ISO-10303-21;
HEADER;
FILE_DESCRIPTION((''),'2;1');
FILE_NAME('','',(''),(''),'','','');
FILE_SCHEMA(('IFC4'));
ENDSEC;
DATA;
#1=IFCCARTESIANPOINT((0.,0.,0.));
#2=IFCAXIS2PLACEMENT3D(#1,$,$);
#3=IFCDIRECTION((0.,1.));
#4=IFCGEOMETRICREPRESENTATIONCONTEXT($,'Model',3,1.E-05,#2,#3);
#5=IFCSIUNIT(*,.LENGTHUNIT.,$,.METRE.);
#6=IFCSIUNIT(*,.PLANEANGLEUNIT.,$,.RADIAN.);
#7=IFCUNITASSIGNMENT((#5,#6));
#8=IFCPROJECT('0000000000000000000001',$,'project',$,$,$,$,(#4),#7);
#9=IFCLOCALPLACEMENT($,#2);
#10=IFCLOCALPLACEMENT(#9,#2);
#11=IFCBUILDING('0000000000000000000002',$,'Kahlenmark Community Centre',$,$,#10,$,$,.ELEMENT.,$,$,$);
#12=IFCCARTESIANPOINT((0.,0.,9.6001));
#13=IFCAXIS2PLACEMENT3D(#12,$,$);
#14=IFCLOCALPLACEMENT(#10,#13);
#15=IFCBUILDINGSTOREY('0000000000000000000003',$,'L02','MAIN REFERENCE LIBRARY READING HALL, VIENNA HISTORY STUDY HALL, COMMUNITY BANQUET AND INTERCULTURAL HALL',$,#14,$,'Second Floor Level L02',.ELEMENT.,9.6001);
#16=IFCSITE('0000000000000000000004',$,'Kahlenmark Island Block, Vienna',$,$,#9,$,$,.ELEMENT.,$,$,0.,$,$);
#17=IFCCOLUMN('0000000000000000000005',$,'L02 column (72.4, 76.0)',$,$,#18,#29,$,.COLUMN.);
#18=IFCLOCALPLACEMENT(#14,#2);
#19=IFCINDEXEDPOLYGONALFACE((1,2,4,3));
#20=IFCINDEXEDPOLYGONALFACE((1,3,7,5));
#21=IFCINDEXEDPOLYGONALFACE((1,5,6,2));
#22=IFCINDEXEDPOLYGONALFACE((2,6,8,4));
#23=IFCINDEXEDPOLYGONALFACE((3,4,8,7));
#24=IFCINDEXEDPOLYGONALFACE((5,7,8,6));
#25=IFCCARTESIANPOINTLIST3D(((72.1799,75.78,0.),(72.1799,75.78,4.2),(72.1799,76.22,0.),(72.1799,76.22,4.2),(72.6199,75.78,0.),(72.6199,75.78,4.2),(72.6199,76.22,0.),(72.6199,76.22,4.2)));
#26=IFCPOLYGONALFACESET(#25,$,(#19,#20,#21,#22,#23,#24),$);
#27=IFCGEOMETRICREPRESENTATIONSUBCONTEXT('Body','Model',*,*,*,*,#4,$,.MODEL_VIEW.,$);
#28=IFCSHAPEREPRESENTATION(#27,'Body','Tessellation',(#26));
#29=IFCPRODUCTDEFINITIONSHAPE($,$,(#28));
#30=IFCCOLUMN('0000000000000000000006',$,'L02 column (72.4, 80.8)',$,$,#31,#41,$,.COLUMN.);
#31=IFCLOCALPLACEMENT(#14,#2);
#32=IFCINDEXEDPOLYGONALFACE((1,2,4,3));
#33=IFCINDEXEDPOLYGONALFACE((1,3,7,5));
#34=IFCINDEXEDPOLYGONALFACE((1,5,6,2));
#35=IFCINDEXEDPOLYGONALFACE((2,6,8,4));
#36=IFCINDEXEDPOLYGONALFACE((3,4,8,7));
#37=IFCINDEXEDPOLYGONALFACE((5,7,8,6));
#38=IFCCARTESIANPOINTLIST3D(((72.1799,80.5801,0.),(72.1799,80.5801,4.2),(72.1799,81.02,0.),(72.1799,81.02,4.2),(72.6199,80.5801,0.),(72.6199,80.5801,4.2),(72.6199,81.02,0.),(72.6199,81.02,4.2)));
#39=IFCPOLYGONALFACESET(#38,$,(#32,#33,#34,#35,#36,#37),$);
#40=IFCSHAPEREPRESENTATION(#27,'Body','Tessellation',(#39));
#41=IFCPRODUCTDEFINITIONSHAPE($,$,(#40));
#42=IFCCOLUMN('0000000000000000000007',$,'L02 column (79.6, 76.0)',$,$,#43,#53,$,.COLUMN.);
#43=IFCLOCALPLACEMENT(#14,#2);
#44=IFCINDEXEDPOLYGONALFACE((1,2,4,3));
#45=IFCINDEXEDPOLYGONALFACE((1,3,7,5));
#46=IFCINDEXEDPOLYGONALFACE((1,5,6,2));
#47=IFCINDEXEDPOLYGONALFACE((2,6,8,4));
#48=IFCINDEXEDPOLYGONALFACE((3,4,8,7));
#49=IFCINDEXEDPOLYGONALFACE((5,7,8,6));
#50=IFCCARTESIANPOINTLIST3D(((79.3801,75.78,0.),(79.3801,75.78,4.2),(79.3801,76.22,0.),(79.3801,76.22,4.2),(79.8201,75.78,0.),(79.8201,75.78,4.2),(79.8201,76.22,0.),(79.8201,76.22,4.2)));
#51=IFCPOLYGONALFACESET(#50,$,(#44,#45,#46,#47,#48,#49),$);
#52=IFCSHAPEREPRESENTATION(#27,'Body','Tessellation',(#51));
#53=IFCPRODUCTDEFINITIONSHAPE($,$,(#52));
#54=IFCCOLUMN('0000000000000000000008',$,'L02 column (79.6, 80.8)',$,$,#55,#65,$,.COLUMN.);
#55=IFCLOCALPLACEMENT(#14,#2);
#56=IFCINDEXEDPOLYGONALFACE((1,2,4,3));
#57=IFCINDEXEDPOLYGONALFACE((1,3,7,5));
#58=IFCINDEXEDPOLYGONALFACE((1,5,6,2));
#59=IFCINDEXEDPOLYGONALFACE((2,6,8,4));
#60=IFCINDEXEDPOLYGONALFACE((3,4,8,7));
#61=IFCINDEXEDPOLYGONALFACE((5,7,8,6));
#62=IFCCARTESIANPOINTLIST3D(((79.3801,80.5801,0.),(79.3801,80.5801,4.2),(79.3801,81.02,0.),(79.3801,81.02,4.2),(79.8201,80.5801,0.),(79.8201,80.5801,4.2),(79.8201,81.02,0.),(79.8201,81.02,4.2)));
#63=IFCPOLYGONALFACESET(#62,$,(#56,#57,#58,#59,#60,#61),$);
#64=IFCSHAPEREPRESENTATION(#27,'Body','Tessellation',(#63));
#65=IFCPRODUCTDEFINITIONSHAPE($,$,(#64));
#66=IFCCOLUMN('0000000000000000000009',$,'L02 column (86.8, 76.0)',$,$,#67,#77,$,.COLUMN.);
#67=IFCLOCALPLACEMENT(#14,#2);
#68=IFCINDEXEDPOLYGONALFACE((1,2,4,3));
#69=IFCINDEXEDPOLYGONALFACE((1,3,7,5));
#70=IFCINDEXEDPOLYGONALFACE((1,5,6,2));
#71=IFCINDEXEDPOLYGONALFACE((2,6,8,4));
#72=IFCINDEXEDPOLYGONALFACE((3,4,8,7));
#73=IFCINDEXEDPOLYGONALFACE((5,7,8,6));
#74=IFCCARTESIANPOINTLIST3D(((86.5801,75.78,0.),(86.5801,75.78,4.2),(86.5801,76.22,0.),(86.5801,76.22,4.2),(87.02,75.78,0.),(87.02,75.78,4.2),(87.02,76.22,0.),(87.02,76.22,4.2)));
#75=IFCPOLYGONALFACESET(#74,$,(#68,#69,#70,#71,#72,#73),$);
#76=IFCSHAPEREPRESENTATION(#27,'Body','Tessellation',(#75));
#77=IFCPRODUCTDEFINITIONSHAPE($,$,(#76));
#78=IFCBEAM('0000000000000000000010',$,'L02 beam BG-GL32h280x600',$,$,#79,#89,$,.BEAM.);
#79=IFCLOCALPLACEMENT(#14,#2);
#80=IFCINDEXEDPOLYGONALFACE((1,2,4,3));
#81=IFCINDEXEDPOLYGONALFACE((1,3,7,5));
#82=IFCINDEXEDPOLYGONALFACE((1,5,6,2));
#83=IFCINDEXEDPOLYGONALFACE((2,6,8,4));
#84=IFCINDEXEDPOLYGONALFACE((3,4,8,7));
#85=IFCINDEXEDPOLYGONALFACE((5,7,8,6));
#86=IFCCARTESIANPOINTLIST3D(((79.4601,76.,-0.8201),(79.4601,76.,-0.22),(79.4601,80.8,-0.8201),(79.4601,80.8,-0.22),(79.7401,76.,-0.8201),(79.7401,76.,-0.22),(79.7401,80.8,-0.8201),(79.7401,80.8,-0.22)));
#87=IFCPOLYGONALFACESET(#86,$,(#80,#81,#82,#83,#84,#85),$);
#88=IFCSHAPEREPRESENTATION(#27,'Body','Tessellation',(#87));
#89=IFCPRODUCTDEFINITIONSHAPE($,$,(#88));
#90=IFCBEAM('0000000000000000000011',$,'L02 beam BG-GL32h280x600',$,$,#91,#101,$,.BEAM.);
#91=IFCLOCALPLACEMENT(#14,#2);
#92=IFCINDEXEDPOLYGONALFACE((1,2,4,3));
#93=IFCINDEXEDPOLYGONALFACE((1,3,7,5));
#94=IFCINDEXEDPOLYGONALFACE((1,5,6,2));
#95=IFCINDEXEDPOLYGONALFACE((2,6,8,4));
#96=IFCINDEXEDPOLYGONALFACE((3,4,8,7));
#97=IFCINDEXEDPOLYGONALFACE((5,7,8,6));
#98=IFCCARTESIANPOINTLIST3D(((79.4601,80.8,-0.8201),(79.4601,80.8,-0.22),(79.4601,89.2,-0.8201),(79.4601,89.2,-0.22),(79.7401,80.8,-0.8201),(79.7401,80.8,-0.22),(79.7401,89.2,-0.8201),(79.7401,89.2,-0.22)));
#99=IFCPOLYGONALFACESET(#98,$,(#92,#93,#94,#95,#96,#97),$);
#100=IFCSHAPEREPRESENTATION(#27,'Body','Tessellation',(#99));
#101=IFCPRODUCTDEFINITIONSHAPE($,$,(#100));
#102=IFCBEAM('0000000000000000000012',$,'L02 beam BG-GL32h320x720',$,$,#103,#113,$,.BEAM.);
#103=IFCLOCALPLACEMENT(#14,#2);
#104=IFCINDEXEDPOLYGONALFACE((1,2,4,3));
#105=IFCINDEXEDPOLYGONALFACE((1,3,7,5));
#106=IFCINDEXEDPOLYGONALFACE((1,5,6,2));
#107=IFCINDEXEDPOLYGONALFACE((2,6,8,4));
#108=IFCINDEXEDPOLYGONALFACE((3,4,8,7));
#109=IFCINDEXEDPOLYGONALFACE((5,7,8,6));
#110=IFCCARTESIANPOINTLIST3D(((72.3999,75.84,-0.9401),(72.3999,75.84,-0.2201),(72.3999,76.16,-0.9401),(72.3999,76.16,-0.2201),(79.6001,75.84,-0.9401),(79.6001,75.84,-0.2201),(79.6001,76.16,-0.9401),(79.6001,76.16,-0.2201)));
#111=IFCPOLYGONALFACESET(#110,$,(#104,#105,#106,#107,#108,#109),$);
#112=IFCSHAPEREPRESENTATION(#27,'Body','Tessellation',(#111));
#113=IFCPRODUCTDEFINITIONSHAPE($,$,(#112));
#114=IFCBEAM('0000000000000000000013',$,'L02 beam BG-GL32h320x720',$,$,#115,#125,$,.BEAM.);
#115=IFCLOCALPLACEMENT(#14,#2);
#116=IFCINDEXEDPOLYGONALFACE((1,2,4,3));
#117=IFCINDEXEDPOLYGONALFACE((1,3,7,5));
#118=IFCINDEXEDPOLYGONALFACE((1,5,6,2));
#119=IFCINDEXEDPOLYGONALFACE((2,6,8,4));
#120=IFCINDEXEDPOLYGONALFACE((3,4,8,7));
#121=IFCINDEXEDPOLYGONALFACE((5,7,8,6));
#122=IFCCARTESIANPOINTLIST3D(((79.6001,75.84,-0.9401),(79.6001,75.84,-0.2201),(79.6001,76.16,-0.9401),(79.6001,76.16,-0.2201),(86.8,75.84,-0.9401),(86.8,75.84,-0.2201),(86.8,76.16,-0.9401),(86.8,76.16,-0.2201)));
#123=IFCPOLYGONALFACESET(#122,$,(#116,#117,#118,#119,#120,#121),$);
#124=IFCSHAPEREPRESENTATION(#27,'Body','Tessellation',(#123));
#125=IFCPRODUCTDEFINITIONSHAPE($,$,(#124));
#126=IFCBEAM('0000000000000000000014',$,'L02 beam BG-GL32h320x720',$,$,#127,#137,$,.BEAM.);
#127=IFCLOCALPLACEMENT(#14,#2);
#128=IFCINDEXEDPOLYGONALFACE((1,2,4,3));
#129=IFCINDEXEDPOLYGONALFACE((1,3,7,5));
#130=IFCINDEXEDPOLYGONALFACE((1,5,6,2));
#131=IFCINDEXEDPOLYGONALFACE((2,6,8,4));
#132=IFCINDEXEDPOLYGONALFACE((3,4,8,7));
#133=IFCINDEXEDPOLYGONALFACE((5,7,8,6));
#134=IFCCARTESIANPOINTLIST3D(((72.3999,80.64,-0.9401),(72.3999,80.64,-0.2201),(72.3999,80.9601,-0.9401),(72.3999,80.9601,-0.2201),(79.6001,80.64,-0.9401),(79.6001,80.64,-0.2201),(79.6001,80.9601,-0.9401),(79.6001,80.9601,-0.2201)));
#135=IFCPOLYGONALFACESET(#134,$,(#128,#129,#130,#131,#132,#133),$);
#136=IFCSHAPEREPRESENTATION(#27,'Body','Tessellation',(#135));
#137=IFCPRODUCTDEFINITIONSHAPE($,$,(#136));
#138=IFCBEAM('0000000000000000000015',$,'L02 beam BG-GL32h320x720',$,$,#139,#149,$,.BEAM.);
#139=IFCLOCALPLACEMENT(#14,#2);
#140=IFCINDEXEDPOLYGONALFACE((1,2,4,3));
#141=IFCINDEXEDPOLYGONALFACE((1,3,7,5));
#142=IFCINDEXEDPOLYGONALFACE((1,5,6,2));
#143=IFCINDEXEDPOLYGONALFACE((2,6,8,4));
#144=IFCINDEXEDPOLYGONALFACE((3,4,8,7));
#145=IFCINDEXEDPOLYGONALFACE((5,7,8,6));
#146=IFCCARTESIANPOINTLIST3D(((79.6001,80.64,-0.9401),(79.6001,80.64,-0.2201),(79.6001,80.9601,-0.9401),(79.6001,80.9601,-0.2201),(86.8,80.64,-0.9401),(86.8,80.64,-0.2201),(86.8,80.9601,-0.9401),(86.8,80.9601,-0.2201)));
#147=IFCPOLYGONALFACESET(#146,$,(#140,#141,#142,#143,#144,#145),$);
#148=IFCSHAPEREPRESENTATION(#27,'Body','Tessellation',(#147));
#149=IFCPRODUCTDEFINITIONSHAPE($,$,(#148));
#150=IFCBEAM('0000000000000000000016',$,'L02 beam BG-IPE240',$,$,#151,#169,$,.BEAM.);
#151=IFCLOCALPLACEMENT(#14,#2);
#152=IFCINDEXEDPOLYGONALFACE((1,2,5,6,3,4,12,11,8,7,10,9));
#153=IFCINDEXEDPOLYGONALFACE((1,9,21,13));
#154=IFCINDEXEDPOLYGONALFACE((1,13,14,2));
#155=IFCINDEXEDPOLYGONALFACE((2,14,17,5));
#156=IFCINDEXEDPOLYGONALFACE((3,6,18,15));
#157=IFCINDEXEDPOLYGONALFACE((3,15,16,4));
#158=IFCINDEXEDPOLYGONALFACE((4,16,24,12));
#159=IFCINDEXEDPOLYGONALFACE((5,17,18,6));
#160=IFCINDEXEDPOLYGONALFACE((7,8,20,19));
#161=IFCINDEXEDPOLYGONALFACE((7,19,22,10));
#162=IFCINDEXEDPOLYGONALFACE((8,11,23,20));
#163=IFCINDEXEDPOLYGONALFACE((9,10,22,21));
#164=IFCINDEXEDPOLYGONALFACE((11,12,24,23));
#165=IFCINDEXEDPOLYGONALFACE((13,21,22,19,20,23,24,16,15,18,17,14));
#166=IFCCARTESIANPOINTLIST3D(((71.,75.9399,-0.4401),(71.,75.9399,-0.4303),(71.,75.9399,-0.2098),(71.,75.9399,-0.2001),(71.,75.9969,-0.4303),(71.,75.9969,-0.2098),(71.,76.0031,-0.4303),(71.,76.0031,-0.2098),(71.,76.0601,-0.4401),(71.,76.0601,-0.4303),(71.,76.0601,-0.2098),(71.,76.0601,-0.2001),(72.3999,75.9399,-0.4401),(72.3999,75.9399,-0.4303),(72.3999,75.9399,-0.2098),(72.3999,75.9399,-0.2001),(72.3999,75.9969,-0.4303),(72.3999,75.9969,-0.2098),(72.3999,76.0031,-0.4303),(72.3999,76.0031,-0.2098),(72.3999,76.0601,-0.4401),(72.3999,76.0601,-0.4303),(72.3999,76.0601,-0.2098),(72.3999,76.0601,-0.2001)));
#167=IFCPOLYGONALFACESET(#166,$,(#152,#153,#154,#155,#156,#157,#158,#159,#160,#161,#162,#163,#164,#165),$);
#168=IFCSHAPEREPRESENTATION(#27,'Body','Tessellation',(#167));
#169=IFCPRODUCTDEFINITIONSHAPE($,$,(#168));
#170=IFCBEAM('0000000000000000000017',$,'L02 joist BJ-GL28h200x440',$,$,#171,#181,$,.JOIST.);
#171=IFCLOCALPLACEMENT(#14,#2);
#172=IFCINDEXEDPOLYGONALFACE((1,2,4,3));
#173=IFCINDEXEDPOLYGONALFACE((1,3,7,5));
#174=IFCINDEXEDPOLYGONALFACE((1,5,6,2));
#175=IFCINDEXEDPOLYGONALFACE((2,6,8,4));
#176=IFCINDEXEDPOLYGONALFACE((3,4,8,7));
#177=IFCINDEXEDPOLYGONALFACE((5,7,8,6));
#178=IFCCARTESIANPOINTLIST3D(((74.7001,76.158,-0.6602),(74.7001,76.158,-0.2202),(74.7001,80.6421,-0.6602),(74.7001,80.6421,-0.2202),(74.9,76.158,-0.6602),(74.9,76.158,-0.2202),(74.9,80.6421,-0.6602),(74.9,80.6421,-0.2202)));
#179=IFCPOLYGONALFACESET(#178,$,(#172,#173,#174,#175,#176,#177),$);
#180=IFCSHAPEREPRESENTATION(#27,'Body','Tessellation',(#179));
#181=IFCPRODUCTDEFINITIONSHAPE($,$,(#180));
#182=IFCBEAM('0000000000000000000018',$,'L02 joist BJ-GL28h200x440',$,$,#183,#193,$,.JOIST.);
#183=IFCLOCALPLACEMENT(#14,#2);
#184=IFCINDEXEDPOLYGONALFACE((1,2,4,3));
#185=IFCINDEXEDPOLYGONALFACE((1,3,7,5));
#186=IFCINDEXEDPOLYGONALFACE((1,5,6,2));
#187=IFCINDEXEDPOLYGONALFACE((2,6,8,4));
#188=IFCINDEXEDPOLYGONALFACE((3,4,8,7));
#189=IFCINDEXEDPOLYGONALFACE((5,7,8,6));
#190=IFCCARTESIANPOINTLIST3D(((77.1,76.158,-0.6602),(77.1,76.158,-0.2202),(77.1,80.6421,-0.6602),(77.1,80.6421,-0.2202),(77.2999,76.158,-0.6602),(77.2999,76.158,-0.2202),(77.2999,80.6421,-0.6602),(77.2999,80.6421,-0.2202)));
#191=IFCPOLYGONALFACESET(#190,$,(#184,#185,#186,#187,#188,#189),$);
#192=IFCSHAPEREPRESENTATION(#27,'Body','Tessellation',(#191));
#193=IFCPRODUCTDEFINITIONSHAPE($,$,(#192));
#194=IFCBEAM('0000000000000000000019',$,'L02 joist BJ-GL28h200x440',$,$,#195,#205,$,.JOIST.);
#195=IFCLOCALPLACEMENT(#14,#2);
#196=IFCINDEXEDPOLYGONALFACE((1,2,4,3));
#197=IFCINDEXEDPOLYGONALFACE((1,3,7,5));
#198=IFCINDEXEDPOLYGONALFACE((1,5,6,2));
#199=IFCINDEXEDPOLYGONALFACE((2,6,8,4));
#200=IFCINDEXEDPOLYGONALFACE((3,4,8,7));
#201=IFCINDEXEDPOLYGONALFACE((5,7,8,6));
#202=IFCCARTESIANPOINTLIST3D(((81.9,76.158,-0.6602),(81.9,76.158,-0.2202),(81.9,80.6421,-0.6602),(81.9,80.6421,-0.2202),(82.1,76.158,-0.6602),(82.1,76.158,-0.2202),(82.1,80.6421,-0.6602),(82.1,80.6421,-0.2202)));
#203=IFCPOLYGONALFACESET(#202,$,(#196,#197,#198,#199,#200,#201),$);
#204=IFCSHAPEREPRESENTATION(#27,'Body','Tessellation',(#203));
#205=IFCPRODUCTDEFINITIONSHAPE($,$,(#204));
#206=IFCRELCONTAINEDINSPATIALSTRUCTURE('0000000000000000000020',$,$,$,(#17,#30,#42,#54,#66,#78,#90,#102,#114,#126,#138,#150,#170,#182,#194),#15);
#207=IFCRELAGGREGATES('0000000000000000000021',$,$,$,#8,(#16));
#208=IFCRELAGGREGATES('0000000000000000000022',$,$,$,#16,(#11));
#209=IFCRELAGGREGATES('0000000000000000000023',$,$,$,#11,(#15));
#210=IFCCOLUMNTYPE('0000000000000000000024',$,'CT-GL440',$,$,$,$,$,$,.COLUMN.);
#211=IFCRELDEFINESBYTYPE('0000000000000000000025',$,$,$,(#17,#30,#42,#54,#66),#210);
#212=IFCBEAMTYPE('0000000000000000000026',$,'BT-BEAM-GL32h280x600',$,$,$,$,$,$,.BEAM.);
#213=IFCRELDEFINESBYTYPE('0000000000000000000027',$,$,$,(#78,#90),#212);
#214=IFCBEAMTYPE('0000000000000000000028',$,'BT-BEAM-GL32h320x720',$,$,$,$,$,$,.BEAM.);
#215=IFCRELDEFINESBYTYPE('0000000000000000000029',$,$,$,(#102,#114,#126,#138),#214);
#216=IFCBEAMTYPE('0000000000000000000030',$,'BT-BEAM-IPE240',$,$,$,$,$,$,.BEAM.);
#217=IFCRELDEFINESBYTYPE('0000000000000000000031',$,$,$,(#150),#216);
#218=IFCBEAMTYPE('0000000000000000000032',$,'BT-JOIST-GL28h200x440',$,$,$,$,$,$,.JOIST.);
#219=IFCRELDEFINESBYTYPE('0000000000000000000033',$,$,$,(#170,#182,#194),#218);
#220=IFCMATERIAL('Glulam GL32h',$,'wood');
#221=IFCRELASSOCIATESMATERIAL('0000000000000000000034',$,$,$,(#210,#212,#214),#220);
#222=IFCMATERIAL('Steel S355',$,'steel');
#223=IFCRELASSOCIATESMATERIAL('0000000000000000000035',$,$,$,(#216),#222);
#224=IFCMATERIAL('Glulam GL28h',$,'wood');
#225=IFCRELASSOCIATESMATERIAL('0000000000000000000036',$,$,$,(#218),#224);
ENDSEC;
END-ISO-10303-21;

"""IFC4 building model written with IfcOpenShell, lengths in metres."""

from ifc_helpers import new_model, si_unit, direction, frame, origin, origin_2d, place, context, subcontext, project, spatial, rectangle, i_section, extrude, material, material_profile, profile_set, type_object, element, save


model = new_model("IFC4")

# Units and contexts
model_context = context("Model", 3, precision=1e-05, world=origin(), true_north=direction((0.0, 1.0)))
body_context = subcontext(model_context, "Body", "Model", "MODEL_VIEW")
ifc_project = project(units=[si_unit("LENGTHUNIT", "METRE"), si_unit("PLANEANGLEUNIT", "RADIAN")], contexts=[model_context])

# Site, building, storey
site_placement = place(None, origin())
site = spatial("IfcSite", under=ifc_project, at=site_placement, Name="Kahlenmark Island Block, Vienna", CompositionType="ELEMENT", RefElevation=0.0)
building_placement = place(site_placement, origin())
building = spatial("IfcBuilding", under=site, at=building_placement, Name="Kahlenmark Community Centre", CompositionType="ELEMENT")
storey_placement = place(building_placement, frame((0.0, 0.0, 9.6001)))
storey = spatial("IfcBuildingStorey", under=building, at=storey_placement, Name="L02", Description="MAIN REFERENCE LIBRARY READING HALL, VIENNA HISTORY STUDY HALL, COMMUNITY BANQUET AND INTERCULTURAL HALL", LongName="Second Floor Level L02", CompositionType="ELEMENT", Elevation=9.6001)

# Columns
ifc_material_1 = material(Name="Glulam GL32h", Category="wood")
ifc_material_profile_1 = material_profile(ifc_material_1, rectangle(XDim=0.4399, YDim=0.4399, at=origin_2d()), Name="GL32h 440x440")
ifc_profile_set_1 = profile_set([ifc_material_profile_1], Name="Glulam GL32h")
column_type = type_object("IfcColumnType", Name="CT-GL440", PredefinedType="COLUMN", material=ifc_profile_set_1)
for number, where, z_axis, x_axis, name in (
    (1, (72.3999, 76.0, 0.0), (0.0, 0.0, 1.0), (1.0, 0.0, 0.0), "L02 column (72.4, 76.0)"),
    (2, (72.3999, 80.8, 0.0), (0.0, 0.0, 1.0), (1.0, 0.0, 0.0), "L02 column (72.4, 80.8)"),
    (3, (79.6001, 76.0, 0.0), (0.0, 0.0, 1.0), (1.0, 0.0, 0.0), "L02 column (79.6, 76.0)"),
    (4, (79.6001, 80.8, 0.0), (0.0, 0.0, 1.0), (1.0, 0.0, 0.0), "L02 column (79.6, 80.8)"),
    (5, (86.8, 76.0, 0.0), (0.0, 0.0, 1.0), (1.0, 0.0, 0.0), "L02 column (86.8, 76.0)"),
):
    element("IfcColumn", number, at=place(storey_placement, frame(where, z_axis=z_axis, x_axis=x_axis)), inside=storey, type_object=column_type, Name=name, PredefinedType="COLUMN", context=body_context, shape_type="SweptSolid", body=[
        extrude(rectangle(XDim=0.4399, YDim=0.4399, at=origin_2d()), origin(), (0.0, 0.0, 1.0), 4.2),
    ])

# Beams
ifc_material_profile_2 = material_profile(ifc_material_1, rectangle(XDim=0.28, YDim=0.6001, at=origin_2d()), Name="GL32h 280x600")
ifc_profile_set_2 = profile_set([ifc_material_profile_2], Name="Glulam GL32h")
beam_type_1 = type_object("IfcBeamType", Name="BT-BEAM-GL32h280x600", PredefinedType="BEAM", material=ifc_profile_set_2)
beam_1_placement = place(storey_placement, frame((79.6001, 76.0, -0.52), z_axis=(0.0, 1.0, 0.0), x_axis=(-1.0, 0.0, 0.0)))
element("IfcBeam", 6, at=beam_1_placement, inside=storey, type_object=beam_type_1, Name="L02 beam BG-GL32h280x600", PredefinedType="BEAM", context=body_context, shape_type="SweptSolid", body=[
    extrude(rectangle(XDim=0.28, YDim=0.6001, at=origin_2d()), origin(), (0.0, 0.0, 1.0), 4.8),
])
beam_2_placement = place(storey_placement, frame((79.6001, 80.8, -0.52), z_axis=(0.0, 1.0, 0.0), x_axis=(-1.0, 0.0, 0.0)))
element("IfcBeam", 7, at=beam_2_placement, inside=storey, type_object=beam_type_1, Name="L02 beam BG-GL32h280x600", PredefinedType="BEAM", context=body_context, shape_type="SweptSolid", body=[
    extrude(rectangle(XDim=0.28, YDim=0.6001, at=origin_2d()), origin(), (0.0, 0.0, 1.0), 8.3999),
])
ifc_material_profile_3 = material_profile(ifc_material_1, rectangle(XDim=0.3201, YDim=0.72, at=origin_2d()), Name="GL32h 320x720")
ifc_profile_set_3 = profile_set([ifc_material_profile_3], Name="Glulam GL32h")
beam_type_2 = type_object("IfcBeamType", Name="BT-BEAM-GL32h320x720", PredefinedType="BEAM", material=ifc_profile_set_3)
beam_3_placement = place(storey_placement, frame((72.3999, 76.0, -0.5801), z_axis=(1.0, 0.0, 0.0), x_axis=(0.0, 1.0, 0.0)))
element("IfcBeam", 8, at=beam_3_placement, inside=storey, type_object=beam_type_2, Name="L02 beam BG-GL32h320x720", PredefinedType="BEAM", context=body_context, shape_type="SweptSolid", body=[
    extrude(rectangle(XDim=0.3201, YDim=0.72, at=origin_2d()), origin(), (0.0, 0.0, 1.0), 7.2002),
])
beam_4_placement = place(storey_placement, frame((79.6001, 76.0, -0.5801), z_axis=(1.0, 0.0, 0.0), x_axis=(0.0, 1.0, 0.0)))
element("IfcBeam", 9, at=beam_4_placement, inside=storey, type_object=beam_type_2, Name="L02 beam BG-GL32h320x720", PredefinedType="BEAM", context=body_context, shape_type="SweptSolid", body=[
    extrude(rectangle(XDim=0.3201, YDim=0.72, at=origin_2d()), origin(), (0.0, 0.0, 1.0), 7.2),
])
beam_5_placement = place(storey_placement, frame((72.3999, 80.8, -0.5801), z_axis=(1.0, 0.0, 0.0), x_axis=(0.0, 1.0, 0.0)))
element("IfcBeam", 10, at=beam_5_placement, inside=storey, type_object=beam_type_2, Name="L02 beam BG-GL32h320x720", PredefinedType="BEAM", context=body_context, shape_type="SweptSolid", body=[
    extrude(rectangle(XDim=0.3201, YDim=0.72, at=origin_2d()), origin(), (0.0, 0.0, 1.0), 7.2002),
])
beam_6_placement = place(storey_placement, frame((79.6001, 80.8, -0.5801), z_axis=(1.0, 0.0, 0.0), x_axis=(0.0, 1.0, 0.0)))
element("IfcBeam", 11, at=beam_6_placement, inside=storey, type_object=beam_type_2, Name="L02 beam BG-GL32h320x720", PredefinedType="BEAM", context=body_context, shape_type="SweptSolid", body=[
    extrude(rectangle(XDim=0.3201, YDim=0.72, at=origin_2d()), origin(), (0.0, 0.0, 1.0), 7.2),
])
ifc_material_2 = material(Name="Steel S355", Category="steel")
ifc_material_profile_4 = material_profile(ifc_material_2, i_section(OverallWidth=0.1201, OverallDepth=0.24, WebThickness=0.0061, FlangeThickness=0.0098, at=origin_2d()), Name="IPE 240")
ifc_profile_set_4 = profile_set([ifc_material_profile_4], Name="Steel S355")
beam_type_3 = type_object("IfcBeamType", Name="BT-BEAM-IPE240", PredefinedType="BEAM", material=ifc_profile_set_4)
beam_7_placement = place(storey_placement, frame((71.0, 76.0, -0.3201), z_axis=(1.0, 0.0, 0.0), x_axis=(0.0, 1.0, 0.0)))
element("IfcBeam", 12, at=beam_7_placement, inside=storey, type_object=beam_type_3, Name="L02 beam BG-IPE240", PredefinedType="BEAM", context=body_context, shape_type="SweptSolid", body=[
    extrude(i_section(OverallWidth=0.1201, OverallDepth=0.24, WebThickness=0.0061, FlangeThickness=0.0098, at=origin_2d()), origin(), (0.0, 0.0, 1.0), 1.3999),
])
ifc_material_3 = material(Name="Glulam GL28h", Category="wood")
ifc_material_profile_5 = material_profile(ifc_material_3, rectangle(XDim=0.2, YDim=0.4399, at=origin_2d()), Name="GL28h 200x440")
ifc_profile_set_5 = profile_set([ifc_material_profile_5], Name="Glulam GL28h")
beam_type_4 = type_object("IfcBeamType", Name="BT-JOIST-GL28h200x440", PredefinedType="JOIST", material=ifc_profile_set_5)
for number, where, z_axis, x_axis, name in (
    (13, (74.8, 76.158, -0.4402), (0.0, 1.0, 0.0), (-1.0, 0.0, 0.0), "L02 joist BJ-GL28h200x440"),
    (14, (77.2, 76.158, -0.4402), (0.0, 1.0, 0.0), (-1.0, 0.0, 0.0), "L02 joist BJ-GL28h200x440"),
    (15, (82.0, 76.158, -0.4402), (0.0, 1.0, 0.0), (-1.0, 0.0, 0.0), "L02 joist BJ-GL28h200x440"),
):
    element("IfcBeam", number, at=place(storey_placement, frame(where, z_axis=z_axis, x_axis=x_axis)), inside=storey, type_object=beam_type_4, Name=name, PredefinedType="JOIST", context=body_context, shape_type="SweptSolid", body=[
        extrude(rectangle(XDim=0.2, YDim=0.4399, at=origin_2d()), origin(), (0.0, 0.0, 1.0), 4.4841),
    ])

save(model, "model.ifc")
